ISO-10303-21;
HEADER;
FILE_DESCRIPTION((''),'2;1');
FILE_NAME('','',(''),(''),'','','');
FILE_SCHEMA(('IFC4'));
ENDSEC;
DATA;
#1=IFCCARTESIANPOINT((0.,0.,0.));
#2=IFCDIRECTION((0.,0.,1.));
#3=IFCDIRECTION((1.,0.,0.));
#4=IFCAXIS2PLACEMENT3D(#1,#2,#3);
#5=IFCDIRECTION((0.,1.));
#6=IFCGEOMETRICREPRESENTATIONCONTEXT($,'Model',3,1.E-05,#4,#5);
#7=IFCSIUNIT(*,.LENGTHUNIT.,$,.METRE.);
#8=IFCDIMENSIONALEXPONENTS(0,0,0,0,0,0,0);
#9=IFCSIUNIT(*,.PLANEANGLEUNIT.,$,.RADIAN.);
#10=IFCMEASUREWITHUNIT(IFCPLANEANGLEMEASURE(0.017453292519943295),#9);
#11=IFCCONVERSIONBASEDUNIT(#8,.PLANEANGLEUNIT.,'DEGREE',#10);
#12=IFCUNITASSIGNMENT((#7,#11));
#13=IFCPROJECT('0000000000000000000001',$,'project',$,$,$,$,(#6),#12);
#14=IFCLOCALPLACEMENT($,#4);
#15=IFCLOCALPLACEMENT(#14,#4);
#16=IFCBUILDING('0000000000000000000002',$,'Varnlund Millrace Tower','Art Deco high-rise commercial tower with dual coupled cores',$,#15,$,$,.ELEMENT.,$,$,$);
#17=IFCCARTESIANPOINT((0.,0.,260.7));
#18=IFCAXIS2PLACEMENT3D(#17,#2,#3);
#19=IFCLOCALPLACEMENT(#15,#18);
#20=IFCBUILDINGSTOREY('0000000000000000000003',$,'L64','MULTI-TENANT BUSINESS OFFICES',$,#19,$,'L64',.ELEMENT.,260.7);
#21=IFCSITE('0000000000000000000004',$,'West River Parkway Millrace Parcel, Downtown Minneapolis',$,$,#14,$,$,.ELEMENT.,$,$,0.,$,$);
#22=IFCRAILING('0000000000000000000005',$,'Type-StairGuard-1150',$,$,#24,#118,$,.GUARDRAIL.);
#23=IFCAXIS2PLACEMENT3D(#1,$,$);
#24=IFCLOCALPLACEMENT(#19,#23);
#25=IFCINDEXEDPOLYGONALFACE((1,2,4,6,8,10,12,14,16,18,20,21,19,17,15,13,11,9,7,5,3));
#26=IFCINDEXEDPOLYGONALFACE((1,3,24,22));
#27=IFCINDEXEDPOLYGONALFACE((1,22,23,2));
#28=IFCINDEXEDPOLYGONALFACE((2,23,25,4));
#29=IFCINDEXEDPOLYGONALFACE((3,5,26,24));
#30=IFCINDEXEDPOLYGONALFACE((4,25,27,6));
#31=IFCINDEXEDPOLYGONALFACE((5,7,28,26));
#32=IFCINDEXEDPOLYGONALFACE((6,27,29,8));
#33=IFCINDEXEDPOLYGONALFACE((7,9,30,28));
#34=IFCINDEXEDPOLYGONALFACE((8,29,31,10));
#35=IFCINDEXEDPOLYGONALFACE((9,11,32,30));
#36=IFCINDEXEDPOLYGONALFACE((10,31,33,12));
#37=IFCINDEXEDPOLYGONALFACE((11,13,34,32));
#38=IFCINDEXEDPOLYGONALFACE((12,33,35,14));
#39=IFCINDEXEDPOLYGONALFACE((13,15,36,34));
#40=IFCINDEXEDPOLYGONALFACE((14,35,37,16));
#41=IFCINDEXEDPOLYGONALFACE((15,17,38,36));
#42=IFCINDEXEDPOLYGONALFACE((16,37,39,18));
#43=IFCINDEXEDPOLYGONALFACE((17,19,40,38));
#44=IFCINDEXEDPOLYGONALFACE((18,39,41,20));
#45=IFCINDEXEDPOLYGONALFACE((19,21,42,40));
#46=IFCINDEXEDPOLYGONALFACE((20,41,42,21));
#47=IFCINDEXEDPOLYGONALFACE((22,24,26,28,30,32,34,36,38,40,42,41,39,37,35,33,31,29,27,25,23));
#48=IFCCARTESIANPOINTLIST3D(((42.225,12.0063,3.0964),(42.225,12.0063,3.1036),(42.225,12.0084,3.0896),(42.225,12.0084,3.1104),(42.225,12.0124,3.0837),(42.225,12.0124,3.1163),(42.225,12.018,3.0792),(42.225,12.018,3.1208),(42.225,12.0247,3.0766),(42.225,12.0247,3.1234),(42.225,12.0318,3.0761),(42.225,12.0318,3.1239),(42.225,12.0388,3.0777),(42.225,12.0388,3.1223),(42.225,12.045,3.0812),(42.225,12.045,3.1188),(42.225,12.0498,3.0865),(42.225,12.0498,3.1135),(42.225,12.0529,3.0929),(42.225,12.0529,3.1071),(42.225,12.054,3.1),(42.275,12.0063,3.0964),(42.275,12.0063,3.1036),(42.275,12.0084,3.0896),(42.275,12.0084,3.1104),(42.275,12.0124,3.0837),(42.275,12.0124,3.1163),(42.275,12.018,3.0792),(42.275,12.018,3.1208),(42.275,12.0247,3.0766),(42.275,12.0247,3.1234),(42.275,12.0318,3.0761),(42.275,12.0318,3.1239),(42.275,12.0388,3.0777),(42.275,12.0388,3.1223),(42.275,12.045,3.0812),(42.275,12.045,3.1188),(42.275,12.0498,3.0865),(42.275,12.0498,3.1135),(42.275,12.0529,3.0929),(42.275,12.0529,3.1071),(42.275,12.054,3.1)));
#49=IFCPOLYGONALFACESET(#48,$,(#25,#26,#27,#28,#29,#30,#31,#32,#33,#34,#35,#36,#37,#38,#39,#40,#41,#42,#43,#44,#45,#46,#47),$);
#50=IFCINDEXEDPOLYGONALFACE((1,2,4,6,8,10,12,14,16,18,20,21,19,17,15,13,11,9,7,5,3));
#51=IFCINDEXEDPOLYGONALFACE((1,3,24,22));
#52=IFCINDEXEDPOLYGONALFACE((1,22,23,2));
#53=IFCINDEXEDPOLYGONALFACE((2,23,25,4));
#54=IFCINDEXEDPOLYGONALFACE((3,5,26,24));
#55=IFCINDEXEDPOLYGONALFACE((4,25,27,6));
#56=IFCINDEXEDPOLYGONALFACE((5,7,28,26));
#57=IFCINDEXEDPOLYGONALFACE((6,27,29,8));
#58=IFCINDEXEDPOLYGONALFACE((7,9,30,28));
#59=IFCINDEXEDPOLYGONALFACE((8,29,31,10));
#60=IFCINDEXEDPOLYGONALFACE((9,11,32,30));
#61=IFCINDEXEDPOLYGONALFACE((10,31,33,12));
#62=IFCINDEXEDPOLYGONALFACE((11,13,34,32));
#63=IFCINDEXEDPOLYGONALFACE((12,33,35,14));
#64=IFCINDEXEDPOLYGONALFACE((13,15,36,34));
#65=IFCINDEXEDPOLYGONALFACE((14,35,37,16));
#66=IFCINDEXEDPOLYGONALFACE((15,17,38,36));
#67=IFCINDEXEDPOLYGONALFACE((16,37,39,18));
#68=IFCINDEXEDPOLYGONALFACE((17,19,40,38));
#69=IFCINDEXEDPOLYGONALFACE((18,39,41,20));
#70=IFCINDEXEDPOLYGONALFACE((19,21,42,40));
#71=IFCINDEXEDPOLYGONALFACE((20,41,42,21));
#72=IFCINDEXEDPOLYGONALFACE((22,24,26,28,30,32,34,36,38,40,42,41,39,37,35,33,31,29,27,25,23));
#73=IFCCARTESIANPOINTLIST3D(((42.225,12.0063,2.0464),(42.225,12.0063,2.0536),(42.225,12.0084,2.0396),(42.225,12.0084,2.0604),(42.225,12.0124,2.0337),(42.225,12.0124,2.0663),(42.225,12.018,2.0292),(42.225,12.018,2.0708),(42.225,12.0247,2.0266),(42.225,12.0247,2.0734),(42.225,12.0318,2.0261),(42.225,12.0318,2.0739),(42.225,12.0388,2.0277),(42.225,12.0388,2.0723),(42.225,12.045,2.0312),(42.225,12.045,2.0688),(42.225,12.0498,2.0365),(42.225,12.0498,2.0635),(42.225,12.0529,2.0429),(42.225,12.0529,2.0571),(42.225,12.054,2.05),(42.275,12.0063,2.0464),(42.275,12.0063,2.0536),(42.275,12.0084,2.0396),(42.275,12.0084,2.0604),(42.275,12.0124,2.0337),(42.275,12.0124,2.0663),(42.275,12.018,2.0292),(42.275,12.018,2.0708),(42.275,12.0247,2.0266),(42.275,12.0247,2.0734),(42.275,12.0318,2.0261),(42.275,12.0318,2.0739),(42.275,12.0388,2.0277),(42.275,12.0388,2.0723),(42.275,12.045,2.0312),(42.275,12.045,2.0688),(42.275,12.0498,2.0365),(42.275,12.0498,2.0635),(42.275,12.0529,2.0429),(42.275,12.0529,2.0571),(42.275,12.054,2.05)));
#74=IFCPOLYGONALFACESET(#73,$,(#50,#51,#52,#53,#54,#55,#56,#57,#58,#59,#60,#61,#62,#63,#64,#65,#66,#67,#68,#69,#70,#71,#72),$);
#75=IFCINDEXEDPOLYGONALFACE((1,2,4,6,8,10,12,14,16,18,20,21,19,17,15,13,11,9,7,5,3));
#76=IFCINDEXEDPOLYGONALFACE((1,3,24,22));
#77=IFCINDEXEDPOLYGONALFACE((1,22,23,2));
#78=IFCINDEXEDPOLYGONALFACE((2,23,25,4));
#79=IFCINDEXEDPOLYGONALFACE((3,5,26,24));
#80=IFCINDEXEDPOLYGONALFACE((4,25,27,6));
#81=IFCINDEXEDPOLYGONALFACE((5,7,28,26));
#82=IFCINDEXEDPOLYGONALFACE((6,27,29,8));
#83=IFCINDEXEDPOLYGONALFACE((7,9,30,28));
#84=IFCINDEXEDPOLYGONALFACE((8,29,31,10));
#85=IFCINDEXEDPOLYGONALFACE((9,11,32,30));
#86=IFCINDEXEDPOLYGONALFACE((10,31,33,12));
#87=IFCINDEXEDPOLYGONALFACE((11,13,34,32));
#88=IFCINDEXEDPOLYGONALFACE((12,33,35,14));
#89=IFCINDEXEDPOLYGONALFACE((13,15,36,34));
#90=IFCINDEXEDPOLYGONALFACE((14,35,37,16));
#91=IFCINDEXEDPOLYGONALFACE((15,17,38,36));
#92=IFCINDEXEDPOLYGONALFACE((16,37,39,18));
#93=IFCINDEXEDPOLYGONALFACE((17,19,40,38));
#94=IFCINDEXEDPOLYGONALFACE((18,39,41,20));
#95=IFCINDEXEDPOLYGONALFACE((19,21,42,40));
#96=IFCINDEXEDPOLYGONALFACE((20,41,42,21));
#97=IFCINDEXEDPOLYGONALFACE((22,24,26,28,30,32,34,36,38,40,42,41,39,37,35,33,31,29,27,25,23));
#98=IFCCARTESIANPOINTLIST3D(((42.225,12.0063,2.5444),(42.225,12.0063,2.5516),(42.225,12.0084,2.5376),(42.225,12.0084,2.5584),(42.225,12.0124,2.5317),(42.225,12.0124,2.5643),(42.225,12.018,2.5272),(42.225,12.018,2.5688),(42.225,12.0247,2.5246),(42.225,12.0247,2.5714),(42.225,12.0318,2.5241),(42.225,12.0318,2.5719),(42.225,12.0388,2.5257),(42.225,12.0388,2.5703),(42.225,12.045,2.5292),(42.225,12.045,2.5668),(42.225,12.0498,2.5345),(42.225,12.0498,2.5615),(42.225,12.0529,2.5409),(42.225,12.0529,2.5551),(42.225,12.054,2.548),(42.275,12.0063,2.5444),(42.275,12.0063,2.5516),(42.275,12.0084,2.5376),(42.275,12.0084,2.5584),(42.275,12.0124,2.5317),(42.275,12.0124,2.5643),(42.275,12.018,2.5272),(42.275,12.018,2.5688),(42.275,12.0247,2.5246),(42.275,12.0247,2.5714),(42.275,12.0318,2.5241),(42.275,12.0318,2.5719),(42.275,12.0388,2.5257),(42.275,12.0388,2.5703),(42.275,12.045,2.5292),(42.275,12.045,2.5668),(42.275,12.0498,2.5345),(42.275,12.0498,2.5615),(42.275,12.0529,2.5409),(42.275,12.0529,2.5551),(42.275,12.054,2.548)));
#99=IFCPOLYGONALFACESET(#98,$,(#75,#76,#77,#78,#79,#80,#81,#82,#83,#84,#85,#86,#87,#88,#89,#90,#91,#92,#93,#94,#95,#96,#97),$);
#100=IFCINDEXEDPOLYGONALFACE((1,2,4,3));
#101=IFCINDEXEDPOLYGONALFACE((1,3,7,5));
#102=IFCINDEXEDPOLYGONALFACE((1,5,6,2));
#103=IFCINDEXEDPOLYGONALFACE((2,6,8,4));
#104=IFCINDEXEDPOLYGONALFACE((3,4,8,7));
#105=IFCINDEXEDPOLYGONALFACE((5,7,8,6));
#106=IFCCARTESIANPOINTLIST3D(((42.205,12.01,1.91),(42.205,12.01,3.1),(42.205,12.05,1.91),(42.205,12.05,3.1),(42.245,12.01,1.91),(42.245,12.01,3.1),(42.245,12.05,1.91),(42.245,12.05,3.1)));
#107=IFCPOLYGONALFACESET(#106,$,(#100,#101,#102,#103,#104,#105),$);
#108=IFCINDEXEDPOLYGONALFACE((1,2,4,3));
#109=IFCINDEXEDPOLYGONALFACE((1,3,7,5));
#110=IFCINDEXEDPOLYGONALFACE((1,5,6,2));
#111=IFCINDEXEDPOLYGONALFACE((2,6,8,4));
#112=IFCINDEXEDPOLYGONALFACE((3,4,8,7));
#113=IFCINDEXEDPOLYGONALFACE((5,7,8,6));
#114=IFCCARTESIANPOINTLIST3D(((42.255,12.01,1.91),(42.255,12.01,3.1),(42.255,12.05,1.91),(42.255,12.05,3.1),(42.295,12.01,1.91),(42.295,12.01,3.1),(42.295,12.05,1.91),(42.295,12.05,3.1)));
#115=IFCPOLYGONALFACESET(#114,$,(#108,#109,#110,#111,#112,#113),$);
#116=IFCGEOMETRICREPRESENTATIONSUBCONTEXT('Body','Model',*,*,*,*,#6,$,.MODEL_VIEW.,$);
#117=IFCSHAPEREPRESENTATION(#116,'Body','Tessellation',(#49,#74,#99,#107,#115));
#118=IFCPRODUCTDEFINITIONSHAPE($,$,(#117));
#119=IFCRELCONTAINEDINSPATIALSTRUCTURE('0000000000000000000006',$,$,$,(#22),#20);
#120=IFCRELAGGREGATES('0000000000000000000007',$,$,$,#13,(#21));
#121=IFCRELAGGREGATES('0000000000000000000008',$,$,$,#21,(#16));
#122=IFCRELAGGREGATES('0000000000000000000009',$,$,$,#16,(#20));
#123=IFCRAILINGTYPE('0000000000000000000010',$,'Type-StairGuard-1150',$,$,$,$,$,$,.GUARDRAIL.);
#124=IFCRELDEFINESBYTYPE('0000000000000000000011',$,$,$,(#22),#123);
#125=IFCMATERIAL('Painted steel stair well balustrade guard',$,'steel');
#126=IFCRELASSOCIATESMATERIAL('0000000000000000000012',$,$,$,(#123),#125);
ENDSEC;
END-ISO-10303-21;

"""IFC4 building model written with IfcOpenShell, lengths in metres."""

from ifc_helpers import new_model, entity, si_unit, converted_unit, direction, frame, origin_with_axes, origin_2d_with_axis, place, context, subcontext, project, spatial, rectangle, circle, extrude, material, type_object, element, save


model = new_model("IFC4")

# Units and contexts
model_context = context("Model", 3, precision=1e-05, world=origin_with_axes(), true_north=direction((0.0, 1.0)))
body_context = subcontext(model_context, "Body", "Model", "MODEL_VIEW")
ifc_project = project(units=[si_unit("LENGTHUNIT", "METRE"), converted_unit("PLANEANGLEUNIT", "DEGREE", entity("IfcPlaneAngleMeasure", 0.017453292519943295), si_unit("PLANEANGLEUNIT", "RADIAN"), dimensions=[0, 0, 0, 0, 0, 0, 0])], contexts=[model_context])

# Site, building, storey
site_placement = place(None, origin_with_axes())
site = spatial("IfcSite", under=ifc_project, at=site_placement, Name="West River Parkway Millrace Parcel, Downtown Minneapolis", CompositionType="ELEMENT", RefElevation=0.0)
building_placement = place(site_placement, origin_with_axes())
building = spatial("IfcBuilding", under=site, at=building_placement, Name="Varnlund Millrace Tower", Description="Art Deco high-rise commercial tower with dual coupled cores", CompositionType="ELEMENT")
storey_placement = place(building_placement, frame((0.0, 0.0, 260.7), z_axis=(0.0, 0.0, 1.0), x_axis=(1.0, 0.0, 0.0)))
storey = spatial("IfcBuildingStorey", under=building, at=storey_placement, Name="L64", Description="MULTI-TENANT BUSINESS OFFICES", LongName="L64", CompositionType="ELEMENT", Elevation=260.7)

# Railing
ifc_material_1 = material(Name="Painted steel stair well balustrade guard", Category="steel")
railing_type_1 = type_object("IfcRailingType", Name="Type-StairGuard-1150", PredefinedType="GUARDRAIL", material=ifc_material_1)
railing_1_placement = place(storey_placement, frame((0.0, 0.0, -260.7), z_axis=(0.0, 0.0, 1.0), x_axis=(1.0, 0.0, 0.0)))
element("IfcRailing", 1, at=railing_1_placement, inside=storey, type_object=railing_type_1, Name="Type-StairGuard-1150", PredefinedType="GUARDRAIL", context=body_context, shape_type="SweptSolid", body=[
    extrude(circle(Radius=0.024, at=origin_2d_with_axis()), frame((42.225, 12.03, 263.8), z_axis=(1.0, 0.0, 0.0), x_axis=(0.0, 1.0, 0.0)), (0.0, 0.0, 1.0), 0.05),
    extrude(circle(Radius=0.024, at=origin_2d_with_axis()), frame((42.225, 12.03, 262.75), z_axis=(1.0, 0.0, 0.0), x_axis=(0.0, 1.0, 0.0)), (0.0, 0.0, 1.0), 0.05),
    extrude(circle(Radius=0.024, at=origin_2d_with_axis()), frame((42.225, 12.03, 263.248), z_axis=(1.0, 0.0, 0.0), x_axis=(0.0, 1.0, 0.0)), (0.0, 0.0, 1.0), 0.05),
    extrude(rectangle(XDim=0.04, YDim=0.04, at=origin_2d_with_axis()), frame((42.225, 12.03, 262.61), z_axis=(0.0, 0.0, 1.0), x_axis=(1.0, 0.0, 0.0)), (0.0, 0.0, 1.0), 1.19),
    extrude(rectangle(XDim=0.04, YDim=0.04, at=origin_2d_with_axis()), frame((42.275, 12.03, 262.61), z_axis=(0.0, 0.0, 1.0), x_axis=(1.0, 0.0, 0.0)), (0.0, 0.0, 1.0), 1.19),
])

save(model, "model.ifc")
